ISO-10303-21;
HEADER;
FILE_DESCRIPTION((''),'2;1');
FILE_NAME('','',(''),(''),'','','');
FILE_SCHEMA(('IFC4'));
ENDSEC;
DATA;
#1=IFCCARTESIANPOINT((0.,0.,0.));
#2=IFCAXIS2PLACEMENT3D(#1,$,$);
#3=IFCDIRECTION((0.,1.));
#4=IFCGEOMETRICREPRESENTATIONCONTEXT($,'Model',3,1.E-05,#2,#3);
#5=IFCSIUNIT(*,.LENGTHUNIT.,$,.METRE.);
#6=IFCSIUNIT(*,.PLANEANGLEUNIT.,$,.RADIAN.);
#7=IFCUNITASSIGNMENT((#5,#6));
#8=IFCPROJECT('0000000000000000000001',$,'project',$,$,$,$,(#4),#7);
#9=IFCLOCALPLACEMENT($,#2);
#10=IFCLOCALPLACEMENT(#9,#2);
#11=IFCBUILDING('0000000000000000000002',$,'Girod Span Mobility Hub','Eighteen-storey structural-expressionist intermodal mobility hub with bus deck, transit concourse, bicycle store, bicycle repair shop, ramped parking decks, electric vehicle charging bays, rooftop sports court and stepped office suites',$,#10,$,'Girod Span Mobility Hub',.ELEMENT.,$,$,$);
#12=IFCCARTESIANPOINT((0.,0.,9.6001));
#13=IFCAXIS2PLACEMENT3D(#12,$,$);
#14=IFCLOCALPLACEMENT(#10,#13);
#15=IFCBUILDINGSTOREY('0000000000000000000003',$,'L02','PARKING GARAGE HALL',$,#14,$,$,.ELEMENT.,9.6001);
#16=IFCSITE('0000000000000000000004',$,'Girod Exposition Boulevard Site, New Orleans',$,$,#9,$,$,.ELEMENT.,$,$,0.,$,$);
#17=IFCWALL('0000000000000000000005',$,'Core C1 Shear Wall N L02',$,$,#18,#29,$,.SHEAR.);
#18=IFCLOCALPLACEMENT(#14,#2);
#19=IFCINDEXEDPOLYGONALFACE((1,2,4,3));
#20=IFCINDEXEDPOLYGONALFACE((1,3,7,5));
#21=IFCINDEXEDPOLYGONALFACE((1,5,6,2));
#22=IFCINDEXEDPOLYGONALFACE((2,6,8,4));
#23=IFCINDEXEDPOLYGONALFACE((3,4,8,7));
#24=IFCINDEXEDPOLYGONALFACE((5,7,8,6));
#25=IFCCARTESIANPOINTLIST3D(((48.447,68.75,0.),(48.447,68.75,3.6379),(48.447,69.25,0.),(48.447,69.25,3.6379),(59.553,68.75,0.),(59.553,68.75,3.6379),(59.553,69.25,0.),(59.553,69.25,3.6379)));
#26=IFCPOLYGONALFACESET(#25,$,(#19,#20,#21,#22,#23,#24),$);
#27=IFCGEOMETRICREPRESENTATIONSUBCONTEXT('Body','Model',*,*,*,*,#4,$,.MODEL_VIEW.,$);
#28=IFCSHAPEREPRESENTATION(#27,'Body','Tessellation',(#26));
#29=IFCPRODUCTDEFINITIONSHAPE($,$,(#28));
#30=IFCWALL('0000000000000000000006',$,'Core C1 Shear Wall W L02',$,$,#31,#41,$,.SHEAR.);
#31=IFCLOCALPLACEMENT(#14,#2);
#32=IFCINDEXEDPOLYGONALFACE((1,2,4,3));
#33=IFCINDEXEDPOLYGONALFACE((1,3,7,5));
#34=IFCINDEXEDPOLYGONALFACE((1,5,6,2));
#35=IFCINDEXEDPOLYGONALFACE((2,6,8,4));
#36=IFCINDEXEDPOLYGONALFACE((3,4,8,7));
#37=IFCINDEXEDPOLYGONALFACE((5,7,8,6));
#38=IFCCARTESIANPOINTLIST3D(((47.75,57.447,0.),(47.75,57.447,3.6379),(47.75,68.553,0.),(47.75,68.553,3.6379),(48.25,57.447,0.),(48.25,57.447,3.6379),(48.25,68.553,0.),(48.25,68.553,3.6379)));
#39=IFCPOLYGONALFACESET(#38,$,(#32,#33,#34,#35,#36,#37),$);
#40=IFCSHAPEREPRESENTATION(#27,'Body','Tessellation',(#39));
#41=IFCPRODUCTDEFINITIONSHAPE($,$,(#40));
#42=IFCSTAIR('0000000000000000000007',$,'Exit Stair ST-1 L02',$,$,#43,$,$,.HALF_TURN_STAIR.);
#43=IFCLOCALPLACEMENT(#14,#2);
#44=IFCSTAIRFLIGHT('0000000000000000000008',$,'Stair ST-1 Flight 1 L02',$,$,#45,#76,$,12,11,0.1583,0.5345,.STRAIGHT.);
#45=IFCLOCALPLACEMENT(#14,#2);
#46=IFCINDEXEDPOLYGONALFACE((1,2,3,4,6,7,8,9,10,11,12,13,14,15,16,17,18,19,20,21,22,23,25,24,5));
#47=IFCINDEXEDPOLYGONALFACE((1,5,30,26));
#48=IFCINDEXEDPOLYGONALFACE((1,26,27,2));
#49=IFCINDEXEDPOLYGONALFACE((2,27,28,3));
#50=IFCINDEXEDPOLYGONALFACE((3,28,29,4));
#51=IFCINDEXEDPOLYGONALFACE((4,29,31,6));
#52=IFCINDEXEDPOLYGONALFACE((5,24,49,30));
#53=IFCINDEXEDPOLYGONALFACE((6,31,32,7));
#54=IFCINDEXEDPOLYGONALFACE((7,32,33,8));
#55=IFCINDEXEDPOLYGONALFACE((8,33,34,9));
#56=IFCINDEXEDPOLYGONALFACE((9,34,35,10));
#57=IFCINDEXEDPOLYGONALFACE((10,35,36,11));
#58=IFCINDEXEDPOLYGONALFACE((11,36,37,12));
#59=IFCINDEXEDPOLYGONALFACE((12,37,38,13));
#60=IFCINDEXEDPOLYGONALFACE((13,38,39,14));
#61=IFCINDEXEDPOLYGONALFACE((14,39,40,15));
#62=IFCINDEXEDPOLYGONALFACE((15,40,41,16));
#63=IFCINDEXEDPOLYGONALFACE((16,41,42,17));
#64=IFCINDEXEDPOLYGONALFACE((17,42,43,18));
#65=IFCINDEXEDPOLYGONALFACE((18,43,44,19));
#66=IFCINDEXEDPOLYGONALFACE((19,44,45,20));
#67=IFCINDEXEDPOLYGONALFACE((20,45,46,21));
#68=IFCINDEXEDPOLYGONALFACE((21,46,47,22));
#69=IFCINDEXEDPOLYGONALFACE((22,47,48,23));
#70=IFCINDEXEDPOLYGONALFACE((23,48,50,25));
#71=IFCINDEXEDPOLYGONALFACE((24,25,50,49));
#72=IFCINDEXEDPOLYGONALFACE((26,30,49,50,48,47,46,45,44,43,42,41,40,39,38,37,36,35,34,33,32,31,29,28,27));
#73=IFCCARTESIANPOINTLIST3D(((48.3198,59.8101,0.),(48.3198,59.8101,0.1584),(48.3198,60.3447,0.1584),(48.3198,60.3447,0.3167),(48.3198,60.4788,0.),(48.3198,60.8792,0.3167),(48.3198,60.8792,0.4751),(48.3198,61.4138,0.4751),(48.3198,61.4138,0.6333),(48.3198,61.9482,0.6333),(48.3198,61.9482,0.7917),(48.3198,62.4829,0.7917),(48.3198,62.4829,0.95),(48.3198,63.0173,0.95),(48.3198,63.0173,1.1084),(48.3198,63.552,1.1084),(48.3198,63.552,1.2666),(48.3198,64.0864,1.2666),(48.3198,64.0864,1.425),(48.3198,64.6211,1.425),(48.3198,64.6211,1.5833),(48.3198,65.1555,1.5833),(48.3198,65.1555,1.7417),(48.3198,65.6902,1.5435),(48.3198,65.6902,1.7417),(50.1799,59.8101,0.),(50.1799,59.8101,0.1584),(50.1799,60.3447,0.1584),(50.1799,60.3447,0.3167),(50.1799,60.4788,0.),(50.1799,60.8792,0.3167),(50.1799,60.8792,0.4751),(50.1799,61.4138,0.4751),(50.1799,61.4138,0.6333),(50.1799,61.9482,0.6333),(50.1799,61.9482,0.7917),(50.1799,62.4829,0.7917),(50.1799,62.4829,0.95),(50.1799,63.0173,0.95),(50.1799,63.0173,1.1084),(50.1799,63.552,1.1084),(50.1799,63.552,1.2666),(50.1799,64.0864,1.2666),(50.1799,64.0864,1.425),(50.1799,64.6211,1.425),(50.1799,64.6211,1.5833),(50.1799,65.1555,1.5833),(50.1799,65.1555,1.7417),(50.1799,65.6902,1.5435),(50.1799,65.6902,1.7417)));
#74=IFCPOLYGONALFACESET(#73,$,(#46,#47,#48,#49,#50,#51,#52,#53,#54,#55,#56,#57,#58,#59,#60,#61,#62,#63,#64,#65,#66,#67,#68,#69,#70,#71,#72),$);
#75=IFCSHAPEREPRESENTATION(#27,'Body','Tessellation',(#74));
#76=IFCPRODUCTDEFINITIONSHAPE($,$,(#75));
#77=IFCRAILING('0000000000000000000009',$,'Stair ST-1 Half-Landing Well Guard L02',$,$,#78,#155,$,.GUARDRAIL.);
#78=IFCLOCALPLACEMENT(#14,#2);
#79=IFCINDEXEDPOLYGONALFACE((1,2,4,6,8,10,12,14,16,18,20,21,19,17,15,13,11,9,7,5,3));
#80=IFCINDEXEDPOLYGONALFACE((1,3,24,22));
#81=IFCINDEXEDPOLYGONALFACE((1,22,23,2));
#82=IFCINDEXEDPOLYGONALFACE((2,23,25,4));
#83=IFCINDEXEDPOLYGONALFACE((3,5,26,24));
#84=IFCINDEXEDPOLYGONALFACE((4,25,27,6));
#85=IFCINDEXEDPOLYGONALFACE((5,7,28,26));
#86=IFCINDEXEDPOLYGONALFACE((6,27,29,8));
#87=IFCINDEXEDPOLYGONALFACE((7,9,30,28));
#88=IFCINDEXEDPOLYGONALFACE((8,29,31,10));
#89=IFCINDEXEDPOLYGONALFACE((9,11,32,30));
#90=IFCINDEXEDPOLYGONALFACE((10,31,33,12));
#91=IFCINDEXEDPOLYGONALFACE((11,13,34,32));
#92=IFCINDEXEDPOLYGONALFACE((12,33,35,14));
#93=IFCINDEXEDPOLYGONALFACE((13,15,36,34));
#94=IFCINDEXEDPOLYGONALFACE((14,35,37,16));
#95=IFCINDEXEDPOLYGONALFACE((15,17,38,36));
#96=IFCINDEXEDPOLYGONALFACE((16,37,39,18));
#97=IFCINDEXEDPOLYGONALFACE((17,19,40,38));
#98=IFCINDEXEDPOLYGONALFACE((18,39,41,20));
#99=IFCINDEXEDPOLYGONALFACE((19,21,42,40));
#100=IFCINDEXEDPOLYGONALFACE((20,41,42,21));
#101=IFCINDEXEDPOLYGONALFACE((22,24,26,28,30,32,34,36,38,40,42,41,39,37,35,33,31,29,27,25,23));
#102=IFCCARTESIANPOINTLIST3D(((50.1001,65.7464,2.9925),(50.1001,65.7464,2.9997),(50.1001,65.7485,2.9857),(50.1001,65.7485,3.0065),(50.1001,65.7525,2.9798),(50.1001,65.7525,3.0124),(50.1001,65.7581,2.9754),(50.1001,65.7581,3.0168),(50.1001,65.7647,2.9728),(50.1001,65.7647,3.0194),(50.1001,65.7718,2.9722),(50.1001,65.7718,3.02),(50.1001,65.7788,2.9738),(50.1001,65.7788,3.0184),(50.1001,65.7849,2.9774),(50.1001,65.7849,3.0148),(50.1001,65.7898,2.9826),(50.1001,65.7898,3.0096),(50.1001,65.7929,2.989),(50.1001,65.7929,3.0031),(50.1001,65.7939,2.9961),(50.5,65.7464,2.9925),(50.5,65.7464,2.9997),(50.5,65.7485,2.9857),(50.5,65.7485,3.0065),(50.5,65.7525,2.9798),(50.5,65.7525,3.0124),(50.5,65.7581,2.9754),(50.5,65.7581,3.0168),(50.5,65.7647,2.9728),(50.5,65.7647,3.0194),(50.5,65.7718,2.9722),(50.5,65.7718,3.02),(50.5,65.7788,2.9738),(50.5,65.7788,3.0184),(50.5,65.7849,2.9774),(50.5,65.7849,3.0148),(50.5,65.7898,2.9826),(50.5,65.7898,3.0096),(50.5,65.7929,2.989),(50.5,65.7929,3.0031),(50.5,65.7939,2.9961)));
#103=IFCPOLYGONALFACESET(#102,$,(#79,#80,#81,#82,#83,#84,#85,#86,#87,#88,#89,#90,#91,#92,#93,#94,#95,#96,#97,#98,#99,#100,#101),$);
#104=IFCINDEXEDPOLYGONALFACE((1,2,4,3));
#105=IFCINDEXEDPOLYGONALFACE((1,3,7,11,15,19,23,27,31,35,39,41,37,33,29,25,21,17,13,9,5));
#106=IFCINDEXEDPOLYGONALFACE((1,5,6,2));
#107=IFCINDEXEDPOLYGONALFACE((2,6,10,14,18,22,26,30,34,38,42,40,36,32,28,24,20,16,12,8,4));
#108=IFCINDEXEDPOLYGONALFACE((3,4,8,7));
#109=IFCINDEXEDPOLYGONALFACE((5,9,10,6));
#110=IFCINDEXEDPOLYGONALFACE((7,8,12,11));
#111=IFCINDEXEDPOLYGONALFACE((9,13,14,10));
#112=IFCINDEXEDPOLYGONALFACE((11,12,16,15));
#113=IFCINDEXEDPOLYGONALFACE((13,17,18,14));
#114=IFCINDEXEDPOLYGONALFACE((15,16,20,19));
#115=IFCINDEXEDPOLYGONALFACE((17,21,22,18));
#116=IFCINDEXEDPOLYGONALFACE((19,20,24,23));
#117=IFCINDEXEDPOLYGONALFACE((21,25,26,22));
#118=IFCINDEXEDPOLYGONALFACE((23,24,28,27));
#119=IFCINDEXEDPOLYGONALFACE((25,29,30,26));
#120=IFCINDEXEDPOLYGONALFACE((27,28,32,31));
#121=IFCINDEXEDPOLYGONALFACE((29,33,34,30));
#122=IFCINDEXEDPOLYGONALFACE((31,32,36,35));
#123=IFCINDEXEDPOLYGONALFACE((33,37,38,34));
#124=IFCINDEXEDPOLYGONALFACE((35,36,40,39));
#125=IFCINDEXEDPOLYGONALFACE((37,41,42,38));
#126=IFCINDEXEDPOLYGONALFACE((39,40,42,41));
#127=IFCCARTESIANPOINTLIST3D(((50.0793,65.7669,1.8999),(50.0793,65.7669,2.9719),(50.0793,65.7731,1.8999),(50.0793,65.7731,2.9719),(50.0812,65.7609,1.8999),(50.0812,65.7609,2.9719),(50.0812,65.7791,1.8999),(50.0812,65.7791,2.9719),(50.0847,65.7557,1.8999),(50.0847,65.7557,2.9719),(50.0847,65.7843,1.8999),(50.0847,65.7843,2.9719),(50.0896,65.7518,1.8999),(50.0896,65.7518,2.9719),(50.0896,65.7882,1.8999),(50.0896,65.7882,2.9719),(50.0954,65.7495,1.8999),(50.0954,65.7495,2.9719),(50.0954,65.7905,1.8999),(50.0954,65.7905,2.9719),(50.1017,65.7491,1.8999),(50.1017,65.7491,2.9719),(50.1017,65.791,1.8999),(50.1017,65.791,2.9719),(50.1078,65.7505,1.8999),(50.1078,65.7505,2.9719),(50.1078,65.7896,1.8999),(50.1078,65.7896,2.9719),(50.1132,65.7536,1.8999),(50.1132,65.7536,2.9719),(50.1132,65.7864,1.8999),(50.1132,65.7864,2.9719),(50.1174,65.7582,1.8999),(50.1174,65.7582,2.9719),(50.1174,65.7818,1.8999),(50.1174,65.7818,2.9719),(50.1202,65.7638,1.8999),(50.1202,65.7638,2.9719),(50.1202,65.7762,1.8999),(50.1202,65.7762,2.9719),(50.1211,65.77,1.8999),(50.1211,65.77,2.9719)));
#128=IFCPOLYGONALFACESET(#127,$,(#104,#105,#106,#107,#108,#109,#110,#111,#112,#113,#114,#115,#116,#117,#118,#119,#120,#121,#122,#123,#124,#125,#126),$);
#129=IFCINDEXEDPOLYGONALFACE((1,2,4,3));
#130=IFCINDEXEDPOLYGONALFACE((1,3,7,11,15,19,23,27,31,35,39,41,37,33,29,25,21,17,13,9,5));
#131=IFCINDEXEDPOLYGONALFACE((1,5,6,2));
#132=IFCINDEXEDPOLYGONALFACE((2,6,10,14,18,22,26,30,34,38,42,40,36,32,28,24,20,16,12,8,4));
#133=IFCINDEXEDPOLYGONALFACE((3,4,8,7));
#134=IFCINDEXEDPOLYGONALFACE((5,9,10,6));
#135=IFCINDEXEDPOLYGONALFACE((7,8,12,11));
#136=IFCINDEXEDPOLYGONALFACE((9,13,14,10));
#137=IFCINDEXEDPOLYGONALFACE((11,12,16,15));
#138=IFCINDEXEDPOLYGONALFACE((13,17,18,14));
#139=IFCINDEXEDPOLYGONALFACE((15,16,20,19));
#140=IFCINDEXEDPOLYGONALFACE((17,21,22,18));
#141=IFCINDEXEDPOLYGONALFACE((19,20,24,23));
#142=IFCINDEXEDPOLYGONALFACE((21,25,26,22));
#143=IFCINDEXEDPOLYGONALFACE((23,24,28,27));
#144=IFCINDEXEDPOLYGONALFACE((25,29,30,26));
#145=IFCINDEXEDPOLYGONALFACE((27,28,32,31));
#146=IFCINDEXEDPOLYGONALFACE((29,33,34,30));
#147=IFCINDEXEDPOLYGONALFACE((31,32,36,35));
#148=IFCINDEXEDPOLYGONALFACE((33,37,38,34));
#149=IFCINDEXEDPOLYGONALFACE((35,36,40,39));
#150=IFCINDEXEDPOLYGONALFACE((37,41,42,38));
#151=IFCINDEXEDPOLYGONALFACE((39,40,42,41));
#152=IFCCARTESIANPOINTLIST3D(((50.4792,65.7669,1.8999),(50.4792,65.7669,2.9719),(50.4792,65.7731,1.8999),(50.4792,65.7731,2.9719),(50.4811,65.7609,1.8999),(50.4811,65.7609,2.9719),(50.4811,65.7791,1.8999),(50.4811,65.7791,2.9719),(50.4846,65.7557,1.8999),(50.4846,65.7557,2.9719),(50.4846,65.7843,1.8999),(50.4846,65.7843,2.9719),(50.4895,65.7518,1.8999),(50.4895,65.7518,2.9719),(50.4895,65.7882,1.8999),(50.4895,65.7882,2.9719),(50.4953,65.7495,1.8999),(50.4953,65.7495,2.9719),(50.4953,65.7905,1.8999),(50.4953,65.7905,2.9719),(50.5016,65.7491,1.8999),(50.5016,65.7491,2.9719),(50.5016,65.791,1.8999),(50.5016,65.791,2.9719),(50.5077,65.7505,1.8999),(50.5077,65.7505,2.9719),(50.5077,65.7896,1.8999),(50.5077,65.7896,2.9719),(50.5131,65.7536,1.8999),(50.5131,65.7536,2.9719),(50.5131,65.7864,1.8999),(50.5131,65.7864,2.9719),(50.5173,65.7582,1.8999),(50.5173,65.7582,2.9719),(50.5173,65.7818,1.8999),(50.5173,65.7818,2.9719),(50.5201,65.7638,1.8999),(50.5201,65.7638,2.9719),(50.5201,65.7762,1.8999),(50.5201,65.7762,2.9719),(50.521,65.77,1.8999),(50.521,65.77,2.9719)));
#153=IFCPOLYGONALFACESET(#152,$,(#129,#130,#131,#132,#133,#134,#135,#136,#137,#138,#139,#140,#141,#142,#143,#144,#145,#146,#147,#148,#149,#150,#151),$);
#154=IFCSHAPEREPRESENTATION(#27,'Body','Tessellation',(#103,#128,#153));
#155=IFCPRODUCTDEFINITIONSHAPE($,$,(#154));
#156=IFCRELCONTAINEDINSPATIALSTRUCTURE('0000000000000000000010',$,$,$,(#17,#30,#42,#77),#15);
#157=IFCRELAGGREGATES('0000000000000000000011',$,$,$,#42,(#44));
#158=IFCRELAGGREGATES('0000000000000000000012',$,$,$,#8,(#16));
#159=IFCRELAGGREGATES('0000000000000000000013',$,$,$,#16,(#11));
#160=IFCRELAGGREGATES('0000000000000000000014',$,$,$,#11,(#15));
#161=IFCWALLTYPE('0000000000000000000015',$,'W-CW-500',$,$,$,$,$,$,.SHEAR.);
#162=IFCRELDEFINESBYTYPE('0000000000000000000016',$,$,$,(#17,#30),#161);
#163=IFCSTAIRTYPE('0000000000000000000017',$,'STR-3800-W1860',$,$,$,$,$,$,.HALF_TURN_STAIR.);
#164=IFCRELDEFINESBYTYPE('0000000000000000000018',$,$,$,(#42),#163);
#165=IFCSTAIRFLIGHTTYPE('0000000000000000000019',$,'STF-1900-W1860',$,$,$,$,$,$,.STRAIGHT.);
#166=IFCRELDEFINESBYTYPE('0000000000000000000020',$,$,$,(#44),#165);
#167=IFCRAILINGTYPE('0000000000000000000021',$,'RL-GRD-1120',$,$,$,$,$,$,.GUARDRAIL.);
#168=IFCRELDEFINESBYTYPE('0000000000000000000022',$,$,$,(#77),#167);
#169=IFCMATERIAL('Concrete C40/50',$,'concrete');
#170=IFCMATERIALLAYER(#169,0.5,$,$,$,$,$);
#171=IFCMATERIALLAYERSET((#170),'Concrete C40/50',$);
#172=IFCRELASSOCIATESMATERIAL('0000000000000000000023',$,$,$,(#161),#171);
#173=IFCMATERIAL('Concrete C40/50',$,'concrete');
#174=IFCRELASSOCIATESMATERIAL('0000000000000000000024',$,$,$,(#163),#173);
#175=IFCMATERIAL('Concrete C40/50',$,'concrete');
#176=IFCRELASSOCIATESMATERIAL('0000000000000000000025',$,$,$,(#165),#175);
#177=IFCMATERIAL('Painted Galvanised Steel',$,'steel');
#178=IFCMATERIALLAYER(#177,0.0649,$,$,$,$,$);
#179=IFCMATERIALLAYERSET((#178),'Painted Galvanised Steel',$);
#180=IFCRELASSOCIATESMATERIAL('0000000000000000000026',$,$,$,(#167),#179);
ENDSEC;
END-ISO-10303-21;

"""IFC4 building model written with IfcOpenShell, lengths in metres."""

from ifc_helpers import new_model, si_unit, direction, frame, frame_2d, origin, origin_2d, place, context, subcontext, project, spatial, polyline, rectangle, circle, outline, extrude, material, layer, layer_set, type_object, element, aggregate, save


model = new_model("IFC4")

# Units and contexts
model_context = context("Model", 3, precision=1e-05, world=origin(), true_north=direction((0.0, 1.0)))
body_context = subcontext(model_context, "Body", "Model", "MODEL_VIEW")
ifc_project = project(units=[si_unit("LENGTHUNIT", "METRE"), si_unit("PLANEANGLEUNIT", "RADIAN")], contexts=[model_context])

# Site, building, storey
site_placement = place(None, origin())
site = spatial("IfcSite", under=ifc_project, at=site_placement, Name="Girod Exposition Boulevard Site, New Orleans", CompositionType="ELEMENT", RefElevation=0.0)
building_placement = place(site_placement, origin())
building = spatial("IfcBuilding", under=site, at=building_placement, Name="Girod Span Mobility Hub", Description="Eighteen-storey structural-expressionist intermodal mobility hub with bus deck, transit concourse, bicycle store, bicycle repair shop, ramped parking decks, electric vehicle charging bays, rooftop sports court and stepped office suites", LongName="Girod Span Mobility Hub", CompositionType="ELEMENT")
storey_placement = place(building_placement, frame((0.0, 0.0, 9.6001)))
storey = spatial("IfcBuildingStorey", under=building, at=storey_placement, Name="L02", Description="PARKING GARAGE HALL", CompositionType="ELEMENT", Elevation=9.6001)

# Shared definitions
ifc_material_1 = material(Name="Concrete C40/50", Category="concrete")
ifc_layer_1 = layer(ifc_material_1, 0.5)
ifc_layer_set_1 = layer_set([ifc_layer_1], Name="Concrete C40/50")
wall_type = type_object("IfcWallType", Name="W-CW-500", PredefinedType="SHEAR", material=ifc_layer_set_1)

# Walls
for number, where, z_axis, x_axis, name in (
    (1, (48.447, 69.0, 0.0), (0.0, 0.0, 1.0), (1.0, 0.0, 0.0), "Core C1 Shear Wall N L02"),
    (2, (48.0, 57.447, 0.0), (0.0, 0.0, 1.0), (0.0, 1.0, 0.0), "Core C1 Shear Wall W L02"),
):
    element("IfcWall", number, at=place(storey_placement, frame(where, z_axis=z_axis, x_axis=x_axis)), inside=storey, type_object=wall_type, Name=name, PredefinedType="SHEAR", context=body_context, shape_type="SweptSolid", body=[
        extrude(rectangle(XDim=11.106, YDim=0.5, at=frame_2d((5.553, 0.0))), origin(), (0.0, 0.0, 1.0), 3.6379),
    ])

# Stair, stair flight
ifc_material_2 = material(Name="Concrete C40/50", Category="concrete")
stair_type = type_object("IfcStairType", Name="STR-3800-W1860", PredefinedType="HALF_TURN_STAIR", material=ifc_material_2)
stair_placement = place(storey_placement, origin())
stair = element("IfcStair", 3, at=stair_placement, inside=storey, type_object=stair_type, Name="Exit Stair ST-1 L02", PredefinedType="HALF_TURN_STAIR")
ifc_material_3 = material(Name="Concrete C40/50", Category="concrete")
stair_flight_type = type_object("IfcStairFlightType", Name="STF-1900-W1860", PredefinedType="STRAIGHT", material=ifc_material_3)
stair_flight_placement = place(storey_placement, frame((49.25, 59.8101, 0.0), z_axis=(0.0, 0.0, 1.0), x_axis=(0.0, 1.0, 0.0)))
stair_flight = element("IfcStairFlight", 4, at=stair_flight_placement, type_object=stair_flight_type, Name="Stair ST-1 Flight 1 L02", NumberOfRisers=12, NumberOfTreads=11, PredefinedType="STRAIGHT", RiserHeight=0.1583, TreadLength=0.5345, context=body_context, shape_type="SweptSolid", body=[
    extrude(outline(polyline([(0.0, 0.0), (0.0, 0.1584), (0.5347, 0.1584), (0.5347, 0.3167), (1.0691, 0.3167), (1.0691, 0.4751), (1.6038, 0.4751), (1.6038, 0.6333), (2.1382, 0.6333), (2.1382, 0.7917), (2.6729, 0.7917), (2.6729, 0.95), (3.2073, 0.95), (3.2073, 1.1084), (3.7419, 1.1084), (3.7419, 1.2666), (4.2764, 1.2666), (4.2764, 1.425), (4.811, 1.425), (4.811, 1.5833), (5.3455, 1.5833), (5.3455, 1.7417), (5.8801, 1.7417), (5.8801, 1.8999), (5.8801, 1.5435), (0.6687, 0.0), (0.0, 0.0)])), frame((0.0, 0.9302, 0.0), z_axis=(0.0, -1.0, 0.0), x_axis=(1.0, 0.0, 0.0)), (0.0, 0.0, 1.0), 1.8601),
])
aggregate(stair, [stair_flight])

# Railing
ifc_material_4 = material(Name="Painted Galvanised Steel", Category="steel")
ifc_layer_2 = layer(ifc_material_4, 0.0649)
ifc_layer_set_2 = layer_set([ifc_layer_2], Name="Painted Galvanised Steel")
railing_type_1 = type_object("IfcRailingType", Name="RL-GRD-1120", PredefinedType="GUARDRAIL", material=ifc_layer_set_2)
for number, where, name in (
    (5, (50.1001, 65.77, 1.8999), "Stair ST-1 Half-Landing Well Guard L02"),
):
    element("IfcRailing", number, at=place(storey_placement, frame(where)), inside=storey, type_object=railing_type_1, Name=name, PredefinedType="GUARDRAIL", context=body_context, shape_type="SweptSolid", body=[
        extrude(circle(Radius=0.0239, at=origin_2d()), frame((0.0, 0.0, 1.0962), z_axis=(1.0, 0.0, 0.0), x_axis=(0.0, 1.0, 0.0)), (0.0, 0.0, 1.0), 0.3999),
        extrude(circle(Radius=0.021, at=origin_2d()), origin(), (0.0, 0.0, 1.0), 1.072),
        extrude(circle(Radius=0.021, at=origin_2d()), frame((0.3999, 0.0, 0.0)), (0.0, 0.0, 1.0), 1.072),
    ])

save(model, "model.ifc")
